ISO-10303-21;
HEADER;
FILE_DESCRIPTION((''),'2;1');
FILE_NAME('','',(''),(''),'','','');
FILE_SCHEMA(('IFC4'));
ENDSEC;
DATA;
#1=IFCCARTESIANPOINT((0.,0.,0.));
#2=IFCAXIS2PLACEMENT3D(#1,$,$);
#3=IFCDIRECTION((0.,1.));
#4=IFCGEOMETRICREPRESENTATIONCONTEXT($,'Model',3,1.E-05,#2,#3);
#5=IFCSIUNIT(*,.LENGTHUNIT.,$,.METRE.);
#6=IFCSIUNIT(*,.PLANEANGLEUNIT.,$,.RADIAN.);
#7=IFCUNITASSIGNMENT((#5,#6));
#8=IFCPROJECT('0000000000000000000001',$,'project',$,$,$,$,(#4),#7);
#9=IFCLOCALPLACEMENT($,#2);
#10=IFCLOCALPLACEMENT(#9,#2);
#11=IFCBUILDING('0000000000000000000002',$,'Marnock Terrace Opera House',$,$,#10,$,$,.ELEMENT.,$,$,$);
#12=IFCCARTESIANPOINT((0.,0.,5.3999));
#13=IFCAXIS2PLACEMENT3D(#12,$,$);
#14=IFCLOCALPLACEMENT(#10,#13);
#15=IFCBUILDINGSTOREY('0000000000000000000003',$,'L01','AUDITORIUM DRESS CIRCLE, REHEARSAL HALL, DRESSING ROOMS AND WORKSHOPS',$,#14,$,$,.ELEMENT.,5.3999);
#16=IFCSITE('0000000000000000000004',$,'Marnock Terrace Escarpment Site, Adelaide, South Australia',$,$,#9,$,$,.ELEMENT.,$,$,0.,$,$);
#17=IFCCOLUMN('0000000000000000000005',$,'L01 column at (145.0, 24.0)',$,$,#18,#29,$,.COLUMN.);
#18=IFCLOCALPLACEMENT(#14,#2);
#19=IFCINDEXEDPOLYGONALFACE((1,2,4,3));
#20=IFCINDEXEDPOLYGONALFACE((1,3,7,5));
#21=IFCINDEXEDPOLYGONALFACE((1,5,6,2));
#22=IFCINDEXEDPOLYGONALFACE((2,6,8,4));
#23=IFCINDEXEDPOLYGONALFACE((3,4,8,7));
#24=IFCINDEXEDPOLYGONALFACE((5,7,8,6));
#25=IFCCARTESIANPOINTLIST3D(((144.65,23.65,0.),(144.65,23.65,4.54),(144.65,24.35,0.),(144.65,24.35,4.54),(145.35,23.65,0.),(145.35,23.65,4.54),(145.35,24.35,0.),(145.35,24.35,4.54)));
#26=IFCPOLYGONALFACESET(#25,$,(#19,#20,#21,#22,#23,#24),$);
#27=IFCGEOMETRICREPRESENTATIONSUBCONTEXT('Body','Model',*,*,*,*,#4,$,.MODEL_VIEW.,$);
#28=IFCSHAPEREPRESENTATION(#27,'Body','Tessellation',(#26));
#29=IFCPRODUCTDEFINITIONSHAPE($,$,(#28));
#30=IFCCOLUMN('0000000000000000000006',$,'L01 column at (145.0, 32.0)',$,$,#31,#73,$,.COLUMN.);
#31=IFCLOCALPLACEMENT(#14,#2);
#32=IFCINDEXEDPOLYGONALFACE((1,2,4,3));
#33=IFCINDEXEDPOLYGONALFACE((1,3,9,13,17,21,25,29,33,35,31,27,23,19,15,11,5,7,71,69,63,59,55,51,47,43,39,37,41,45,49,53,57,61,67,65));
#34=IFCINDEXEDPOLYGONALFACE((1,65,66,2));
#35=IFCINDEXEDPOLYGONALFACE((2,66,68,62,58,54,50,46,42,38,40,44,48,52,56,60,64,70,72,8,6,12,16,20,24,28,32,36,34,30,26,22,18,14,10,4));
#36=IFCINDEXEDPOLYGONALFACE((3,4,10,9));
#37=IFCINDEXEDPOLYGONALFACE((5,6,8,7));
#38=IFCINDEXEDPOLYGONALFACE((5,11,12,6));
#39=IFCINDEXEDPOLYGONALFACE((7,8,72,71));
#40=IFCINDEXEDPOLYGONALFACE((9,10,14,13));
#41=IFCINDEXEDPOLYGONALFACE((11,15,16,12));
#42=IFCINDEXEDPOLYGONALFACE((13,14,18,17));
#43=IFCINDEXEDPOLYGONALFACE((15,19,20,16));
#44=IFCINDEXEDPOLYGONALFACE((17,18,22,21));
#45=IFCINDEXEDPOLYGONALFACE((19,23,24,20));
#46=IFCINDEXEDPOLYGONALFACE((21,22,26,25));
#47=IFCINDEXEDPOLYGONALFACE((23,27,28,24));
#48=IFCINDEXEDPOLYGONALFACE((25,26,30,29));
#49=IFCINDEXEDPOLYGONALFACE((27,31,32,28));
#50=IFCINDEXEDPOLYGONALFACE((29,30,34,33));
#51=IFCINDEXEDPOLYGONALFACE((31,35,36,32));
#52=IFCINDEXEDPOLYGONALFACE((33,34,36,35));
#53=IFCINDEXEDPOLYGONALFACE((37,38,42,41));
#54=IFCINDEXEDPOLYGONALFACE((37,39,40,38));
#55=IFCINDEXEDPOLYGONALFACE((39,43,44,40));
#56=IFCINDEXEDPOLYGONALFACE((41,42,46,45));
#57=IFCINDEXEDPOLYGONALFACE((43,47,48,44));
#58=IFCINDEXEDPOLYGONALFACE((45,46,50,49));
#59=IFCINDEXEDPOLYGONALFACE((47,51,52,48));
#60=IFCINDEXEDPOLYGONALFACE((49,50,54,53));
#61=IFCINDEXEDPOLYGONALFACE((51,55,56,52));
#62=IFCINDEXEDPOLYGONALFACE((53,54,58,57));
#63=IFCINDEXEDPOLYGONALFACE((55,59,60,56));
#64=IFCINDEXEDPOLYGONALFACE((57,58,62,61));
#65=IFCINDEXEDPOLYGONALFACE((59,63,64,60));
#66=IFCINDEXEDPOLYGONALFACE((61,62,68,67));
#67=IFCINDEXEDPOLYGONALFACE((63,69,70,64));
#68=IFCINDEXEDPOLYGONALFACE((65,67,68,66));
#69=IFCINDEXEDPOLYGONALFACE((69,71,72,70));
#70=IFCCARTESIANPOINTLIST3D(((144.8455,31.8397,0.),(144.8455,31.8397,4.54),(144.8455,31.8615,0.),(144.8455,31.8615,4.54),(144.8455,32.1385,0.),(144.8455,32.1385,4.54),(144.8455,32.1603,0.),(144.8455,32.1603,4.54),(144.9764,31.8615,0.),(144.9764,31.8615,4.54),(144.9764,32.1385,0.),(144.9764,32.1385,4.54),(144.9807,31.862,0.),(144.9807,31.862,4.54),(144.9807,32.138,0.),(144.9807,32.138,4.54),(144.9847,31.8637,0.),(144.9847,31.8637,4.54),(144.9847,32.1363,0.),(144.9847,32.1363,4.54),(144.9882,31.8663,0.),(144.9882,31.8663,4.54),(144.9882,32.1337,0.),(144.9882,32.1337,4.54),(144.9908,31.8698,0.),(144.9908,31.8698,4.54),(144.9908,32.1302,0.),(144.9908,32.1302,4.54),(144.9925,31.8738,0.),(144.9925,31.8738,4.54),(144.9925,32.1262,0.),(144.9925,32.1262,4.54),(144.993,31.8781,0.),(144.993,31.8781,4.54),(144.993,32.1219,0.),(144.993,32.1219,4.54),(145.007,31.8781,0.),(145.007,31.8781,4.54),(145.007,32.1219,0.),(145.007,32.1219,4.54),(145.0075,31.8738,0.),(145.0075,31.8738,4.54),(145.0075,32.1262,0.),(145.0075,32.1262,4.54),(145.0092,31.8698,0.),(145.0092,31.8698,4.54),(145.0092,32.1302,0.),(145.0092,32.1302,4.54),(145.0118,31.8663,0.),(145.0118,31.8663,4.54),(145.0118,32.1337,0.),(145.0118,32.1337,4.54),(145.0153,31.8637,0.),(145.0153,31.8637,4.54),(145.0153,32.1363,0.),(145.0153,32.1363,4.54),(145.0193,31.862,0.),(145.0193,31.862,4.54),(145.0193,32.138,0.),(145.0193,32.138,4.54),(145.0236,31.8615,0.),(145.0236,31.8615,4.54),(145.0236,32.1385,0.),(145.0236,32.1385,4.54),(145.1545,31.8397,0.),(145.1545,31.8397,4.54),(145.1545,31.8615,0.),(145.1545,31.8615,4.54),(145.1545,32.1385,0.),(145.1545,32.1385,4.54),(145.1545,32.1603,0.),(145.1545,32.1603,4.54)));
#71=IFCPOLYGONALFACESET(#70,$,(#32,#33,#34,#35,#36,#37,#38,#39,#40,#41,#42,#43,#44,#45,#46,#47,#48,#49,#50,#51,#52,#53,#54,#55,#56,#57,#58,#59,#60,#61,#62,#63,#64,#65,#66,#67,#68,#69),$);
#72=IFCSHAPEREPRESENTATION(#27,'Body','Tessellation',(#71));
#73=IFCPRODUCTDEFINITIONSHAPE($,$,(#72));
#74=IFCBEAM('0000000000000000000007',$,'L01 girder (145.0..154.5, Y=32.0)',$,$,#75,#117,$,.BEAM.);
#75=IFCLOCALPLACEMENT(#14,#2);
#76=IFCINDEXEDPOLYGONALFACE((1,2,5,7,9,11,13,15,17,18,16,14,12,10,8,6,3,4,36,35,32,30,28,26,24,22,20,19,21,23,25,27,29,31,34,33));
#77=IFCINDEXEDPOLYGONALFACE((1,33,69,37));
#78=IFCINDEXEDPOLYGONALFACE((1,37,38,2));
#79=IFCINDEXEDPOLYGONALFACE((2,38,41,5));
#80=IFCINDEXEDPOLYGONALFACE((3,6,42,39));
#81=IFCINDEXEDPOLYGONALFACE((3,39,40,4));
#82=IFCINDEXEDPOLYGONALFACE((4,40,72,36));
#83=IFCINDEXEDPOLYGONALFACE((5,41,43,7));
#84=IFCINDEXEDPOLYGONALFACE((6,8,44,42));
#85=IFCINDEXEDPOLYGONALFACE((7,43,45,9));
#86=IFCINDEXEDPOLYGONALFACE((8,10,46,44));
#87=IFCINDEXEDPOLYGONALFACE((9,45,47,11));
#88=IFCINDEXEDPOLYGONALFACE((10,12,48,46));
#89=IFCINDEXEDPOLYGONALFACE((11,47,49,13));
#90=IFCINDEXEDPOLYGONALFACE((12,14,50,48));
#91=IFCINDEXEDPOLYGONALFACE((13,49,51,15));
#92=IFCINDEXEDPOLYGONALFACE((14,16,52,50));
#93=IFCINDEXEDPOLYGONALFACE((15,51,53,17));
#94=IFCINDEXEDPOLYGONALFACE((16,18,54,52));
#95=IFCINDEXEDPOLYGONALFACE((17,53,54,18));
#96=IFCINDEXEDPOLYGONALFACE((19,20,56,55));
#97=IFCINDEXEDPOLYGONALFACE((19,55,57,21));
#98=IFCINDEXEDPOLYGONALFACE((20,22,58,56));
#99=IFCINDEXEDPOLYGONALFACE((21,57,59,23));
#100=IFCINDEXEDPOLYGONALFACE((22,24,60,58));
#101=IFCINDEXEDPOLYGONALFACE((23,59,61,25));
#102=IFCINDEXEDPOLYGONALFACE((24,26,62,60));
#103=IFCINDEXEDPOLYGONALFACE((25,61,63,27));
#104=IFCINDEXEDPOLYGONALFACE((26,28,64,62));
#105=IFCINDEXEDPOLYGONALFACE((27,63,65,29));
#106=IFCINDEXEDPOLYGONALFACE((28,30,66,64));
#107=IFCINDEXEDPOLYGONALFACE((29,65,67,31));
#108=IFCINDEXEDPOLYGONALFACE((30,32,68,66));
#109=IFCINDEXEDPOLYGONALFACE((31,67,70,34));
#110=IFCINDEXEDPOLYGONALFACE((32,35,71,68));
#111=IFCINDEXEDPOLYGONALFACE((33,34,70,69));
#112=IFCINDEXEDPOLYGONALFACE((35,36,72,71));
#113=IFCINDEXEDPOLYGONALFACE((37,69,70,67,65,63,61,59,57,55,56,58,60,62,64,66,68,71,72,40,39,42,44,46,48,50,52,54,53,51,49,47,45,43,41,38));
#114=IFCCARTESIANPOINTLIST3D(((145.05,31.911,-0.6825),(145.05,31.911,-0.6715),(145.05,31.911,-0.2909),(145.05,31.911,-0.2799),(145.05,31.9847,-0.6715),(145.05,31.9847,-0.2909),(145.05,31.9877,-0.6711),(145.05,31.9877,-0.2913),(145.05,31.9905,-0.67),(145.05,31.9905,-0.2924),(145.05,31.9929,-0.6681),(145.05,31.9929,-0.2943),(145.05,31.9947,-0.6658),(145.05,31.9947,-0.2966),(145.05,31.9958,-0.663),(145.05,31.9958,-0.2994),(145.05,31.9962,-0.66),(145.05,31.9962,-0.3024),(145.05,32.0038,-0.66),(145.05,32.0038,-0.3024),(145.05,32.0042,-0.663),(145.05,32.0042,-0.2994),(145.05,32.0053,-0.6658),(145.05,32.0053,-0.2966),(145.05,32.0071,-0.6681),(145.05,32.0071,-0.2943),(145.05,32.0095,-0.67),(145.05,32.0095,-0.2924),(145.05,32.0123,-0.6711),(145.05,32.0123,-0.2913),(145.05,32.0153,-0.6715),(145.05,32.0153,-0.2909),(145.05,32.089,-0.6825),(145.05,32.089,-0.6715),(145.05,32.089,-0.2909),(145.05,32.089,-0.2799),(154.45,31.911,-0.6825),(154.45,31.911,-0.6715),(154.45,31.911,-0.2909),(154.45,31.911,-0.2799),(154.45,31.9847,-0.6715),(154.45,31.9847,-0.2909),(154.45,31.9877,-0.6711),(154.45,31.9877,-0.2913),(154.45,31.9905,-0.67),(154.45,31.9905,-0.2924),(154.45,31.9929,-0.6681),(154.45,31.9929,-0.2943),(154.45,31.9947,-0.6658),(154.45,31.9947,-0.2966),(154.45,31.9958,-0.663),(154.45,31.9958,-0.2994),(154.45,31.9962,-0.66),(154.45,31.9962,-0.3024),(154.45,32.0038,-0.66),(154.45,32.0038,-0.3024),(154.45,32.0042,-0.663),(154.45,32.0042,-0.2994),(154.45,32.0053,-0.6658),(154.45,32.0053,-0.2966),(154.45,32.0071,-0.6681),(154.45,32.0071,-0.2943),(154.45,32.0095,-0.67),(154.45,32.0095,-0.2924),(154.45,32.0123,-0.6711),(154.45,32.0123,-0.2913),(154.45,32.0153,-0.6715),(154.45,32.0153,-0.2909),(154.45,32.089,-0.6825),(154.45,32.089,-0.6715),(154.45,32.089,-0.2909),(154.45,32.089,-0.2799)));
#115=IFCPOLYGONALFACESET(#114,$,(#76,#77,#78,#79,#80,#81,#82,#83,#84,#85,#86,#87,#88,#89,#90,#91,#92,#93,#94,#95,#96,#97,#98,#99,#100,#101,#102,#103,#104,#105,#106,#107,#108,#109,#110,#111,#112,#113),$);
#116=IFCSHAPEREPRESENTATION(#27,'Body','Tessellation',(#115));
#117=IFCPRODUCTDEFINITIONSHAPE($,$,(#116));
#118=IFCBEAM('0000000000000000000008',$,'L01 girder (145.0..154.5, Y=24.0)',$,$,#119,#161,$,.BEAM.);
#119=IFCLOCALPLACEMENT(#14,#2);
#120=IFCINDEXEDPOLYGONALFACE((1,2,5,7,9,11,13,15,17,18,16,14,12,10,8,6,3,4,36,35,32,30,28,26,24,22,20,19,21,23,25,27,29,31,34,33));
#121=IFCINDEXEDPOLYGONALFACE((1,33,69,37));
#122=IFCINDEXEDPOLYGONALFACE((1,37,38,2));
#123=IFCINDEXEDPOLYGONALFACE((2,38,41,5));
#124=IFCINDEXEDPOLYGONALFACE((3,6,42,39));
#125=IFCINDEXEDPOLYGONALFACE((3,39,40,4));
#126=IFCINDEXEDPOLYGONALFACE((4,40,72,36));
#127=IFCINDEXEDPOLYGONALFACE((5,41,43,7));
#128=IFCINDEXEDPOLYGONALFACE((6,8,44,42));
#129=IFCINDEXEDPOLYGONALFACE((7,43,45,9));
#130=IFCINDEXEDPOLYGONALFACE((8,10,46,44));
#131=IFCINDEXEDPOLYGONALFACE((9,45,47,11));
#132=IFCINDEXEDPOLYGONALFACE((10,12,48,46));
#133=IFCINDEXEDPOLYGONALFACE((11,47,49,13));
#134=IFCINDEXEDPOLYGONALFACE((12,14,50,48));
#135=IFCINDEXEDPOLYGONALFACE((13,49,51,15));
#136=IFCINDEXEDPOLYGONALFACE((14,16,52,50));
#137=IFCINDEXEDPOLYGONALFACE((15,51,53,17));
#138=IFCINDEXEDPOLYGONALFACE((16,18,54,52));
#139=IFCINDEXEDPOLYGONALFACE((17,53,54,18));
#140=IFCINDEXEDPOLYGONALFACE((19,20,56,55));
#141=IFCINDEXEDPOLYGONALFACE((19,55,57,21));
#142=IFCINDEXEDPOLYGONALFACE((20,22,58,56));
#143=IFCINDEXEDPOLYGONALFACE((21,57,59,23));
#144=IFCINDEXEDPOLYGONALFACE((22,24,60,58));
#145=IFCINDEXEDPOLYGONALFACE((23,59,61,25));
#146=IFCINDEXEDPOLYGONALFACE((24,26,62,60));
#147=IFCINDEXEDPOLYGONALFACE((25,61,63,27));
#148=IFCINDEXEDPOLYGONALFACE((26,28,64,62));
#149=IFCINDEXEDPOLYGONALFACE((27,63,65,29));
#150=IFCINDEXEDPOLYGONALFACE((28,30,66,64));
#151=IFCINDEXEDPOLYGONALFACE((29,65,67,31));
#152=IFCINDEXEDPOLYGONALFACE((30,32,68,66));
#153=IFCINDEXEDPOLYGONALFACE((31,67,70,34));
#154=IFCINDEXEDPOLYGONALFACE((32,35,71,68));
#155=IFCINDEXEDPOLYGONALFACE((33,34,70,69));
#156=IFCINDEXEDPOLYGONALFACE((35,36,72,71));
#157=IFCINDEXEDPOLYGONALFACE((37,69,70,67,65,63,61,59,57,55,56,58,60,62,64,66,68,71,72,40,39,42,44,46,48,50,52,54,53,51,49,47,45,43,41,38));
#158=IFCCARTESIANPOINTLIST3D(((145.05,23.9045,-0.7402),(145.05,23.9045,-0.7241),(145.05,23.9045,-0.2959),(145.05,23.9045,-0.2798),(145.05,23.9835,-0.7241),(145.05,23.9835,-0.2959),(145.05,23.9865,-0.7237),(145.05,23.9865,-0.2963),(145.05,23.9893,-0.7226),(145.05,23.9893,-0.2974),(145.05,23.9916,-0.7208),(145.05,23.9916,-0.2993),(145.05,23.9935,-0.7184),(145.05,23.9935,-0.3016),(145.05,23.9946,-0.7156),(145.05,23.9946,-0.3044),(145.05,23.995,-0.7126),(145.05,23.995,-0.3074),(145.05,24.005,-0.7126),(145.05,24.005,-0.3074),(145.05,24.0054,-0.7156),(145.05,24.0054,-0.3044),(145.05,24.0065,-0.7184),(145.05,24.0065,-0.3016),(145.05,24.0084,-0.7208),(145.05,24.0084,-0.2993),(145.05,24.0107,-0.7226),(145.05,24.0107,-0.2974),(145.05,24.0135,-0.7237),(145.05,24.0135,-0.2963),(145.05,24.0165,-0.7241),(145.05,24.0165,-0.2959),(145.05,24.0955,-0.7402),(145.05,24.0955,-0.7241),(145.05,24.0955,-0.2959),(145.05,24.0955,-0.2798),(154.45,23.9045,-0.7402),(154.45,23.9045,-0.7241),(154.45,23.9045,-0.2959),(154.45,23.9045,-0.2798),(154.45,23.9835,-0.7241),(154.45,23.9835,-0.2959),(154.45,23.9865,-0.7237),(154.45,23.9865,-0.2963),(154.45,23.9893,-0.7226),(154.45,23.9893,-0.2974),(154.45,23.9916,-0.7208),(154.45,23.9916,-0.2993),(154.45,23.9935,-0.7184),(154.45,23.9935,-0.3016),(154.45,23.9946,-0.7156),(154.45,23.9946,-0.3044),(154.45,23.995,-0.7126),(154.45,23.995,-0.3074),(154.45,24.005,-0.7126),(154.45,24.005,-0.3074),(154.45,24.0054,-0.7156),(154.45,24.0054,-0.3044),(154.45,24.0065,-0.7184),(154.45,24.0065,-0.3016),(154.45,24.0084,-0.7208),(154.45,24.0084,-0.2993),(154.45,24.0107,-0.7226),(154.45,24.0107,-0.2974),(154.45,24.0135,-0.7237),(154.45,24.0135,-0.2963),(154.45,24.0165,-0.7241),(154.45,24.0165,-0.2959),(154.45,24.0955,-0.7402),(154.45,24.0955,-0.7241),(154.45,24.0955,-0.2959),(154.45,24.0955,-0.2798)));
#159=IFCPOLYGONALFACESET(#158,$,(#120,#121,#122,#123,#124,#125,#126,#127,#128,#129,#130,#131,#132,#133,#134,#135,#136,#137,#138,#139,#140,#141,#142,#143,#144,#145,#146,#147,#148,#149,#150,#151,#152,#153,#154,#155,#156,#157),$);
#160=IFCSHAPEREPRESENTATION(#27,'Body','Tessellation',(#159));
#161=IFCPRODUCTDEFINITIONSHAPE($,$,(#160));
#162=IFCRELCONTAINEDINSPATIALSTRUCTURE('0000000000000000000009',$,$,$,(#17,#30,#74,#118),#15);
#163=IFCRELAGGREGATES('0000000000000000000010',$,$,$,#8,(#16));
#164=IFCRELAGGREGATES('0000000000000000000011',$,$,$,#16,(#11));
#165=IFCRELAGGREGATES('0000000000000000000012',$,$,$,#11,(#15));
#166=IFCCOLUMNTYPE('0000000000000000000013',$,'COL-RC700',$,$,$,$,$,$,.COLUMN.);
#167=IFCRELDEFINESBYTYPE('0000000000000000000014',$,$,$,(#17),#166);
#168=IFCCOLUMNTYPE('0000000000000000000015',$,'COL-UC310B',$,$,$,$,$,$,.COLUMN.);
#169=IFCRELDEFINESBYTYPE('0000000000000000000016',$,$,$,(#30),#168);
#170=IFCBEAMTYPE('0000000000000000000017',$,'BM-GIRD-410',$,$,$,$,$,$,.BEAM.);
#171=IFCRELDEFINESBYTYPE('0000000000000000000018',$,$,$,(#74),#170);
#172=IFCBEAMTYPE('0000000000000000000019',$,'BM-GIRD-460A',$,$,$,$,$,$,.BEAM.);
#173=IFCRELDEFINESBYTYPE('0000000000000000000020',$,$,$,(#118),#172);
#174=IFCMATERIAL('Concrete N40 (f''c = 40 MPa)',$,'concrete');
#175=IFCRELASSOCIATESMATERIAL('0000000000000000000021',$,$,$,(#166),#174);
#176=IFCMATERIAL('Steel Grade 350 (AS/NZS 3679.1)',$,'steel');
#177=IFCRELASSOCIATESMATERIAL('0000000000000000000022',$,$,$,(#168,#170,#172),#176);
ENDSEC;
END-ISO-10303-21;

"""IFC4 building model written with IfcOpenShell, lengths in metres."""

from ifc_helpers import new_model, si_unit, direction, frame, origin, origin_2d, place, context, subcontext, project, spatial, rectangle, i_section, extrude, material, material_profile, profile_set, type_object, element, save


model = new_model("IFC4")

# Units and contexts
model_context = context("Model", 3, precision=1e-05, world=origin(), true_north=direction((0.0, 1.0)))
body_context = subcontext(model_context, "Body", "Model", "MODEL_VIEW")
ifc_project = project(units=[si_unit("LENGTHUNIT", "METRE"), si_unit("PLANEANGLEUNIT", "RADIAN")], contexts=[model_context])

# Site, building, storey
site_placement = place(None, origin())
site = spatial("IfcSite", under=ifc_project, at=site_placement, Name="Marnock Terrace Escarpment Site, Adelaide, South Australia", CompositionType="ELEMENT", RefElevation=0.0)
building_placement = place(site_placement, origin())
building = spatial("IfcBuilding", under=site, at=building_placement, Name="Marnock Terrace Opera House", CompositionType="ELEMENT")
storey_placement = place(building_placement, frame((0.0, 0.0, 5.3999)))
storey = spatial("IfcBuildingStorey", under=building, at=storey_placement, Name="L01", Description="AUDITORIUM DRESS CIRCLE, REHEARSAL HALL, DRESSING ROOMS AND WORKSHOPS", CompositionType="ELEMENT", Elevation=5.3999)

# Columns
ifc_material_1 = material(Name="Concrete N40 (f'c = 40 MPa)", Category="concrete")
ifc_material_profile_1 = material_profile(ifc_material_1, rectangle(XDim=0.7, YDim=0.7, at=origin_2d()))
ifc_profile_set_1 = profile_set([ifc_material_profile_1], Name="Concrete N40 (f'c = 40 MPa)")
column_type_1 = type_object("IfcColumnType", Name="COL-RC700", PredefinedType="COLUMN", material=ifc_profile_set_1)
column_1_placement = place(storey_placement, frame((145.0, 24.0, 0.0), z_axis=(0.0, 0.0, 1.0), x_axis=(1.0, 0.0, 0.0)))
element("IfcColumn", 1, at=column_1_placement, inside=storey, type_object=column_type_1, Name="L01 column at (145.0, 24.0)", PredefinedType="COLUMN", context=body_context, shape_type="SweptSolid", body=[
    extrude(rectangle(XDim=0.7, YDim=0.7, at=origin_2d()), origin(), (0.0, 0.0, 1.0), 4.54),
])
ifc_material_2 = material(Name="Steel Grade 350 (AS/NZS 3679.1)", Category="steel")
ifc_material_profile_2 = material_profile(ifc_material_2, i_section(OverallWidth=0.3091, OverallDepth=0.3206, WebThickness=0.0139, FlangeThickness=0.0217, FilletRadius=0.0166, at=origin_2d()))
ifc_profile_set_2 = profile_set([ifc_material_profile_2], Name="Steel Grade 350 (AS/NZS 3679.1)")
column_type_2 = type_object("IfcColumnType", Name="COL-UC310B", PredefinedType="COLUMN", material=ifc_profile_set_2)
column_2_placement = place(storey_placement, frame((145.0, 32.0, 0.0), z_axis=(0.0, 0.0, 1.0), x_axis=(1.0, 0.0, 0.0)))
element("IfcColumn", 2, at=column_2_placement, inside=storey, type_object=column_type_2, Name="L01 column at (145.0, 32.0)", PredefinedType="COLUMN", context=body_context, shape_type="SweptSolid", body=[
    extrude(i_section(OverallWidth=0.3091, OverallDepth=0.3206, WebThickness=0.0139, FlangeThickness=0.0217, FilletRadius=0.0166, at=origin_2d()), origin(), (0.0, 0.0, 1.0), 4.54),
])

# Beams
ifc_material_profile_3 = material_profile(ifc_material_2, i_section(OverallWidth=0.178, OverallDepth=0.4026, WebThickness=0.0076, FlangeThickness=0.011, FilletRadius=0.0115, at=origin_2d()))
ifc_profile_set_3 = profile_set([ifc_material_profile_3], Name="Steel Grade 350 (AS/NZS 3679.1)")
beam_type_1 = type_object("IfcBeamType", Name="BM-GIRD-410", PredefinedType="BEAM", material=ifc_profile_set_3)
beam_1_placement = place(storey_placement, frame((145.05, 32.0, -0.4812), z_axis=(1.0, 0.0, 0.0), x_axis=(0.0, 1.0, 0.0)))
element("IfcBeam", 3, at=beam_1_placement, inside=storey, type_object=beam_type_1, Name="L01 girder (145.0..154.5, Y=32.0)", PredefinedType="BEAM", context=body_context, shape_type="SweptSolid", body=[
    extrude(i_section(OverallWidth=0.178, OverallDepth=0.4026, WebThickness=0.0076, FlangeThickness=0.011, FilletRadius=0.0115, at=origin_2d()), origin(), (0.0, 0.0, 1.0), 9.3999),
])
ifc_material_profile_4 = material_profile(ifc_material_2, i_section(OverallWidth=0.1909, OverallDepth=0.4604, WebThickness=0.01, FlangeThickness=0.0161, FilletRadius=0.0115, at=origin_2d()))
ifc_profile_set_4 = profile_set([ifc_material_profile_4], Name="Steel Grade 350 (AS/NZS 3679.1)")
beam_type_2 = type_object("IfcBeamType", Name="BM-GIRD-460A", PredefinedType="BEAM", material=ifc_profile_set_4)
beam_2_placement = place(storey_placement, frame((145.05, 24.0, -0.51), z_axis=(1.0, 0.0, 0.0), x_axis=(0.0, 1.0, 0.0)))
element("IfcBeam", 4, at=beam_2_placement, inside=storey, type_object=beam_type_2, Name="L01 girder (145.0..154.5, Y=24.0)", PredefinedType="BEAM", context=body_context, shape_type="SweptSolid", body=[
    extrude(i_section(OverallWidth=0.1909, OverallDepth=0.4604, WebThickness=0.01, FlangeThickness=0.0161, FilletRadius=0.0115, at=origin_2d()), origin(), (0.0, 0.0, 1.0), 9.3999),
])

save(model, "model.ifc")
